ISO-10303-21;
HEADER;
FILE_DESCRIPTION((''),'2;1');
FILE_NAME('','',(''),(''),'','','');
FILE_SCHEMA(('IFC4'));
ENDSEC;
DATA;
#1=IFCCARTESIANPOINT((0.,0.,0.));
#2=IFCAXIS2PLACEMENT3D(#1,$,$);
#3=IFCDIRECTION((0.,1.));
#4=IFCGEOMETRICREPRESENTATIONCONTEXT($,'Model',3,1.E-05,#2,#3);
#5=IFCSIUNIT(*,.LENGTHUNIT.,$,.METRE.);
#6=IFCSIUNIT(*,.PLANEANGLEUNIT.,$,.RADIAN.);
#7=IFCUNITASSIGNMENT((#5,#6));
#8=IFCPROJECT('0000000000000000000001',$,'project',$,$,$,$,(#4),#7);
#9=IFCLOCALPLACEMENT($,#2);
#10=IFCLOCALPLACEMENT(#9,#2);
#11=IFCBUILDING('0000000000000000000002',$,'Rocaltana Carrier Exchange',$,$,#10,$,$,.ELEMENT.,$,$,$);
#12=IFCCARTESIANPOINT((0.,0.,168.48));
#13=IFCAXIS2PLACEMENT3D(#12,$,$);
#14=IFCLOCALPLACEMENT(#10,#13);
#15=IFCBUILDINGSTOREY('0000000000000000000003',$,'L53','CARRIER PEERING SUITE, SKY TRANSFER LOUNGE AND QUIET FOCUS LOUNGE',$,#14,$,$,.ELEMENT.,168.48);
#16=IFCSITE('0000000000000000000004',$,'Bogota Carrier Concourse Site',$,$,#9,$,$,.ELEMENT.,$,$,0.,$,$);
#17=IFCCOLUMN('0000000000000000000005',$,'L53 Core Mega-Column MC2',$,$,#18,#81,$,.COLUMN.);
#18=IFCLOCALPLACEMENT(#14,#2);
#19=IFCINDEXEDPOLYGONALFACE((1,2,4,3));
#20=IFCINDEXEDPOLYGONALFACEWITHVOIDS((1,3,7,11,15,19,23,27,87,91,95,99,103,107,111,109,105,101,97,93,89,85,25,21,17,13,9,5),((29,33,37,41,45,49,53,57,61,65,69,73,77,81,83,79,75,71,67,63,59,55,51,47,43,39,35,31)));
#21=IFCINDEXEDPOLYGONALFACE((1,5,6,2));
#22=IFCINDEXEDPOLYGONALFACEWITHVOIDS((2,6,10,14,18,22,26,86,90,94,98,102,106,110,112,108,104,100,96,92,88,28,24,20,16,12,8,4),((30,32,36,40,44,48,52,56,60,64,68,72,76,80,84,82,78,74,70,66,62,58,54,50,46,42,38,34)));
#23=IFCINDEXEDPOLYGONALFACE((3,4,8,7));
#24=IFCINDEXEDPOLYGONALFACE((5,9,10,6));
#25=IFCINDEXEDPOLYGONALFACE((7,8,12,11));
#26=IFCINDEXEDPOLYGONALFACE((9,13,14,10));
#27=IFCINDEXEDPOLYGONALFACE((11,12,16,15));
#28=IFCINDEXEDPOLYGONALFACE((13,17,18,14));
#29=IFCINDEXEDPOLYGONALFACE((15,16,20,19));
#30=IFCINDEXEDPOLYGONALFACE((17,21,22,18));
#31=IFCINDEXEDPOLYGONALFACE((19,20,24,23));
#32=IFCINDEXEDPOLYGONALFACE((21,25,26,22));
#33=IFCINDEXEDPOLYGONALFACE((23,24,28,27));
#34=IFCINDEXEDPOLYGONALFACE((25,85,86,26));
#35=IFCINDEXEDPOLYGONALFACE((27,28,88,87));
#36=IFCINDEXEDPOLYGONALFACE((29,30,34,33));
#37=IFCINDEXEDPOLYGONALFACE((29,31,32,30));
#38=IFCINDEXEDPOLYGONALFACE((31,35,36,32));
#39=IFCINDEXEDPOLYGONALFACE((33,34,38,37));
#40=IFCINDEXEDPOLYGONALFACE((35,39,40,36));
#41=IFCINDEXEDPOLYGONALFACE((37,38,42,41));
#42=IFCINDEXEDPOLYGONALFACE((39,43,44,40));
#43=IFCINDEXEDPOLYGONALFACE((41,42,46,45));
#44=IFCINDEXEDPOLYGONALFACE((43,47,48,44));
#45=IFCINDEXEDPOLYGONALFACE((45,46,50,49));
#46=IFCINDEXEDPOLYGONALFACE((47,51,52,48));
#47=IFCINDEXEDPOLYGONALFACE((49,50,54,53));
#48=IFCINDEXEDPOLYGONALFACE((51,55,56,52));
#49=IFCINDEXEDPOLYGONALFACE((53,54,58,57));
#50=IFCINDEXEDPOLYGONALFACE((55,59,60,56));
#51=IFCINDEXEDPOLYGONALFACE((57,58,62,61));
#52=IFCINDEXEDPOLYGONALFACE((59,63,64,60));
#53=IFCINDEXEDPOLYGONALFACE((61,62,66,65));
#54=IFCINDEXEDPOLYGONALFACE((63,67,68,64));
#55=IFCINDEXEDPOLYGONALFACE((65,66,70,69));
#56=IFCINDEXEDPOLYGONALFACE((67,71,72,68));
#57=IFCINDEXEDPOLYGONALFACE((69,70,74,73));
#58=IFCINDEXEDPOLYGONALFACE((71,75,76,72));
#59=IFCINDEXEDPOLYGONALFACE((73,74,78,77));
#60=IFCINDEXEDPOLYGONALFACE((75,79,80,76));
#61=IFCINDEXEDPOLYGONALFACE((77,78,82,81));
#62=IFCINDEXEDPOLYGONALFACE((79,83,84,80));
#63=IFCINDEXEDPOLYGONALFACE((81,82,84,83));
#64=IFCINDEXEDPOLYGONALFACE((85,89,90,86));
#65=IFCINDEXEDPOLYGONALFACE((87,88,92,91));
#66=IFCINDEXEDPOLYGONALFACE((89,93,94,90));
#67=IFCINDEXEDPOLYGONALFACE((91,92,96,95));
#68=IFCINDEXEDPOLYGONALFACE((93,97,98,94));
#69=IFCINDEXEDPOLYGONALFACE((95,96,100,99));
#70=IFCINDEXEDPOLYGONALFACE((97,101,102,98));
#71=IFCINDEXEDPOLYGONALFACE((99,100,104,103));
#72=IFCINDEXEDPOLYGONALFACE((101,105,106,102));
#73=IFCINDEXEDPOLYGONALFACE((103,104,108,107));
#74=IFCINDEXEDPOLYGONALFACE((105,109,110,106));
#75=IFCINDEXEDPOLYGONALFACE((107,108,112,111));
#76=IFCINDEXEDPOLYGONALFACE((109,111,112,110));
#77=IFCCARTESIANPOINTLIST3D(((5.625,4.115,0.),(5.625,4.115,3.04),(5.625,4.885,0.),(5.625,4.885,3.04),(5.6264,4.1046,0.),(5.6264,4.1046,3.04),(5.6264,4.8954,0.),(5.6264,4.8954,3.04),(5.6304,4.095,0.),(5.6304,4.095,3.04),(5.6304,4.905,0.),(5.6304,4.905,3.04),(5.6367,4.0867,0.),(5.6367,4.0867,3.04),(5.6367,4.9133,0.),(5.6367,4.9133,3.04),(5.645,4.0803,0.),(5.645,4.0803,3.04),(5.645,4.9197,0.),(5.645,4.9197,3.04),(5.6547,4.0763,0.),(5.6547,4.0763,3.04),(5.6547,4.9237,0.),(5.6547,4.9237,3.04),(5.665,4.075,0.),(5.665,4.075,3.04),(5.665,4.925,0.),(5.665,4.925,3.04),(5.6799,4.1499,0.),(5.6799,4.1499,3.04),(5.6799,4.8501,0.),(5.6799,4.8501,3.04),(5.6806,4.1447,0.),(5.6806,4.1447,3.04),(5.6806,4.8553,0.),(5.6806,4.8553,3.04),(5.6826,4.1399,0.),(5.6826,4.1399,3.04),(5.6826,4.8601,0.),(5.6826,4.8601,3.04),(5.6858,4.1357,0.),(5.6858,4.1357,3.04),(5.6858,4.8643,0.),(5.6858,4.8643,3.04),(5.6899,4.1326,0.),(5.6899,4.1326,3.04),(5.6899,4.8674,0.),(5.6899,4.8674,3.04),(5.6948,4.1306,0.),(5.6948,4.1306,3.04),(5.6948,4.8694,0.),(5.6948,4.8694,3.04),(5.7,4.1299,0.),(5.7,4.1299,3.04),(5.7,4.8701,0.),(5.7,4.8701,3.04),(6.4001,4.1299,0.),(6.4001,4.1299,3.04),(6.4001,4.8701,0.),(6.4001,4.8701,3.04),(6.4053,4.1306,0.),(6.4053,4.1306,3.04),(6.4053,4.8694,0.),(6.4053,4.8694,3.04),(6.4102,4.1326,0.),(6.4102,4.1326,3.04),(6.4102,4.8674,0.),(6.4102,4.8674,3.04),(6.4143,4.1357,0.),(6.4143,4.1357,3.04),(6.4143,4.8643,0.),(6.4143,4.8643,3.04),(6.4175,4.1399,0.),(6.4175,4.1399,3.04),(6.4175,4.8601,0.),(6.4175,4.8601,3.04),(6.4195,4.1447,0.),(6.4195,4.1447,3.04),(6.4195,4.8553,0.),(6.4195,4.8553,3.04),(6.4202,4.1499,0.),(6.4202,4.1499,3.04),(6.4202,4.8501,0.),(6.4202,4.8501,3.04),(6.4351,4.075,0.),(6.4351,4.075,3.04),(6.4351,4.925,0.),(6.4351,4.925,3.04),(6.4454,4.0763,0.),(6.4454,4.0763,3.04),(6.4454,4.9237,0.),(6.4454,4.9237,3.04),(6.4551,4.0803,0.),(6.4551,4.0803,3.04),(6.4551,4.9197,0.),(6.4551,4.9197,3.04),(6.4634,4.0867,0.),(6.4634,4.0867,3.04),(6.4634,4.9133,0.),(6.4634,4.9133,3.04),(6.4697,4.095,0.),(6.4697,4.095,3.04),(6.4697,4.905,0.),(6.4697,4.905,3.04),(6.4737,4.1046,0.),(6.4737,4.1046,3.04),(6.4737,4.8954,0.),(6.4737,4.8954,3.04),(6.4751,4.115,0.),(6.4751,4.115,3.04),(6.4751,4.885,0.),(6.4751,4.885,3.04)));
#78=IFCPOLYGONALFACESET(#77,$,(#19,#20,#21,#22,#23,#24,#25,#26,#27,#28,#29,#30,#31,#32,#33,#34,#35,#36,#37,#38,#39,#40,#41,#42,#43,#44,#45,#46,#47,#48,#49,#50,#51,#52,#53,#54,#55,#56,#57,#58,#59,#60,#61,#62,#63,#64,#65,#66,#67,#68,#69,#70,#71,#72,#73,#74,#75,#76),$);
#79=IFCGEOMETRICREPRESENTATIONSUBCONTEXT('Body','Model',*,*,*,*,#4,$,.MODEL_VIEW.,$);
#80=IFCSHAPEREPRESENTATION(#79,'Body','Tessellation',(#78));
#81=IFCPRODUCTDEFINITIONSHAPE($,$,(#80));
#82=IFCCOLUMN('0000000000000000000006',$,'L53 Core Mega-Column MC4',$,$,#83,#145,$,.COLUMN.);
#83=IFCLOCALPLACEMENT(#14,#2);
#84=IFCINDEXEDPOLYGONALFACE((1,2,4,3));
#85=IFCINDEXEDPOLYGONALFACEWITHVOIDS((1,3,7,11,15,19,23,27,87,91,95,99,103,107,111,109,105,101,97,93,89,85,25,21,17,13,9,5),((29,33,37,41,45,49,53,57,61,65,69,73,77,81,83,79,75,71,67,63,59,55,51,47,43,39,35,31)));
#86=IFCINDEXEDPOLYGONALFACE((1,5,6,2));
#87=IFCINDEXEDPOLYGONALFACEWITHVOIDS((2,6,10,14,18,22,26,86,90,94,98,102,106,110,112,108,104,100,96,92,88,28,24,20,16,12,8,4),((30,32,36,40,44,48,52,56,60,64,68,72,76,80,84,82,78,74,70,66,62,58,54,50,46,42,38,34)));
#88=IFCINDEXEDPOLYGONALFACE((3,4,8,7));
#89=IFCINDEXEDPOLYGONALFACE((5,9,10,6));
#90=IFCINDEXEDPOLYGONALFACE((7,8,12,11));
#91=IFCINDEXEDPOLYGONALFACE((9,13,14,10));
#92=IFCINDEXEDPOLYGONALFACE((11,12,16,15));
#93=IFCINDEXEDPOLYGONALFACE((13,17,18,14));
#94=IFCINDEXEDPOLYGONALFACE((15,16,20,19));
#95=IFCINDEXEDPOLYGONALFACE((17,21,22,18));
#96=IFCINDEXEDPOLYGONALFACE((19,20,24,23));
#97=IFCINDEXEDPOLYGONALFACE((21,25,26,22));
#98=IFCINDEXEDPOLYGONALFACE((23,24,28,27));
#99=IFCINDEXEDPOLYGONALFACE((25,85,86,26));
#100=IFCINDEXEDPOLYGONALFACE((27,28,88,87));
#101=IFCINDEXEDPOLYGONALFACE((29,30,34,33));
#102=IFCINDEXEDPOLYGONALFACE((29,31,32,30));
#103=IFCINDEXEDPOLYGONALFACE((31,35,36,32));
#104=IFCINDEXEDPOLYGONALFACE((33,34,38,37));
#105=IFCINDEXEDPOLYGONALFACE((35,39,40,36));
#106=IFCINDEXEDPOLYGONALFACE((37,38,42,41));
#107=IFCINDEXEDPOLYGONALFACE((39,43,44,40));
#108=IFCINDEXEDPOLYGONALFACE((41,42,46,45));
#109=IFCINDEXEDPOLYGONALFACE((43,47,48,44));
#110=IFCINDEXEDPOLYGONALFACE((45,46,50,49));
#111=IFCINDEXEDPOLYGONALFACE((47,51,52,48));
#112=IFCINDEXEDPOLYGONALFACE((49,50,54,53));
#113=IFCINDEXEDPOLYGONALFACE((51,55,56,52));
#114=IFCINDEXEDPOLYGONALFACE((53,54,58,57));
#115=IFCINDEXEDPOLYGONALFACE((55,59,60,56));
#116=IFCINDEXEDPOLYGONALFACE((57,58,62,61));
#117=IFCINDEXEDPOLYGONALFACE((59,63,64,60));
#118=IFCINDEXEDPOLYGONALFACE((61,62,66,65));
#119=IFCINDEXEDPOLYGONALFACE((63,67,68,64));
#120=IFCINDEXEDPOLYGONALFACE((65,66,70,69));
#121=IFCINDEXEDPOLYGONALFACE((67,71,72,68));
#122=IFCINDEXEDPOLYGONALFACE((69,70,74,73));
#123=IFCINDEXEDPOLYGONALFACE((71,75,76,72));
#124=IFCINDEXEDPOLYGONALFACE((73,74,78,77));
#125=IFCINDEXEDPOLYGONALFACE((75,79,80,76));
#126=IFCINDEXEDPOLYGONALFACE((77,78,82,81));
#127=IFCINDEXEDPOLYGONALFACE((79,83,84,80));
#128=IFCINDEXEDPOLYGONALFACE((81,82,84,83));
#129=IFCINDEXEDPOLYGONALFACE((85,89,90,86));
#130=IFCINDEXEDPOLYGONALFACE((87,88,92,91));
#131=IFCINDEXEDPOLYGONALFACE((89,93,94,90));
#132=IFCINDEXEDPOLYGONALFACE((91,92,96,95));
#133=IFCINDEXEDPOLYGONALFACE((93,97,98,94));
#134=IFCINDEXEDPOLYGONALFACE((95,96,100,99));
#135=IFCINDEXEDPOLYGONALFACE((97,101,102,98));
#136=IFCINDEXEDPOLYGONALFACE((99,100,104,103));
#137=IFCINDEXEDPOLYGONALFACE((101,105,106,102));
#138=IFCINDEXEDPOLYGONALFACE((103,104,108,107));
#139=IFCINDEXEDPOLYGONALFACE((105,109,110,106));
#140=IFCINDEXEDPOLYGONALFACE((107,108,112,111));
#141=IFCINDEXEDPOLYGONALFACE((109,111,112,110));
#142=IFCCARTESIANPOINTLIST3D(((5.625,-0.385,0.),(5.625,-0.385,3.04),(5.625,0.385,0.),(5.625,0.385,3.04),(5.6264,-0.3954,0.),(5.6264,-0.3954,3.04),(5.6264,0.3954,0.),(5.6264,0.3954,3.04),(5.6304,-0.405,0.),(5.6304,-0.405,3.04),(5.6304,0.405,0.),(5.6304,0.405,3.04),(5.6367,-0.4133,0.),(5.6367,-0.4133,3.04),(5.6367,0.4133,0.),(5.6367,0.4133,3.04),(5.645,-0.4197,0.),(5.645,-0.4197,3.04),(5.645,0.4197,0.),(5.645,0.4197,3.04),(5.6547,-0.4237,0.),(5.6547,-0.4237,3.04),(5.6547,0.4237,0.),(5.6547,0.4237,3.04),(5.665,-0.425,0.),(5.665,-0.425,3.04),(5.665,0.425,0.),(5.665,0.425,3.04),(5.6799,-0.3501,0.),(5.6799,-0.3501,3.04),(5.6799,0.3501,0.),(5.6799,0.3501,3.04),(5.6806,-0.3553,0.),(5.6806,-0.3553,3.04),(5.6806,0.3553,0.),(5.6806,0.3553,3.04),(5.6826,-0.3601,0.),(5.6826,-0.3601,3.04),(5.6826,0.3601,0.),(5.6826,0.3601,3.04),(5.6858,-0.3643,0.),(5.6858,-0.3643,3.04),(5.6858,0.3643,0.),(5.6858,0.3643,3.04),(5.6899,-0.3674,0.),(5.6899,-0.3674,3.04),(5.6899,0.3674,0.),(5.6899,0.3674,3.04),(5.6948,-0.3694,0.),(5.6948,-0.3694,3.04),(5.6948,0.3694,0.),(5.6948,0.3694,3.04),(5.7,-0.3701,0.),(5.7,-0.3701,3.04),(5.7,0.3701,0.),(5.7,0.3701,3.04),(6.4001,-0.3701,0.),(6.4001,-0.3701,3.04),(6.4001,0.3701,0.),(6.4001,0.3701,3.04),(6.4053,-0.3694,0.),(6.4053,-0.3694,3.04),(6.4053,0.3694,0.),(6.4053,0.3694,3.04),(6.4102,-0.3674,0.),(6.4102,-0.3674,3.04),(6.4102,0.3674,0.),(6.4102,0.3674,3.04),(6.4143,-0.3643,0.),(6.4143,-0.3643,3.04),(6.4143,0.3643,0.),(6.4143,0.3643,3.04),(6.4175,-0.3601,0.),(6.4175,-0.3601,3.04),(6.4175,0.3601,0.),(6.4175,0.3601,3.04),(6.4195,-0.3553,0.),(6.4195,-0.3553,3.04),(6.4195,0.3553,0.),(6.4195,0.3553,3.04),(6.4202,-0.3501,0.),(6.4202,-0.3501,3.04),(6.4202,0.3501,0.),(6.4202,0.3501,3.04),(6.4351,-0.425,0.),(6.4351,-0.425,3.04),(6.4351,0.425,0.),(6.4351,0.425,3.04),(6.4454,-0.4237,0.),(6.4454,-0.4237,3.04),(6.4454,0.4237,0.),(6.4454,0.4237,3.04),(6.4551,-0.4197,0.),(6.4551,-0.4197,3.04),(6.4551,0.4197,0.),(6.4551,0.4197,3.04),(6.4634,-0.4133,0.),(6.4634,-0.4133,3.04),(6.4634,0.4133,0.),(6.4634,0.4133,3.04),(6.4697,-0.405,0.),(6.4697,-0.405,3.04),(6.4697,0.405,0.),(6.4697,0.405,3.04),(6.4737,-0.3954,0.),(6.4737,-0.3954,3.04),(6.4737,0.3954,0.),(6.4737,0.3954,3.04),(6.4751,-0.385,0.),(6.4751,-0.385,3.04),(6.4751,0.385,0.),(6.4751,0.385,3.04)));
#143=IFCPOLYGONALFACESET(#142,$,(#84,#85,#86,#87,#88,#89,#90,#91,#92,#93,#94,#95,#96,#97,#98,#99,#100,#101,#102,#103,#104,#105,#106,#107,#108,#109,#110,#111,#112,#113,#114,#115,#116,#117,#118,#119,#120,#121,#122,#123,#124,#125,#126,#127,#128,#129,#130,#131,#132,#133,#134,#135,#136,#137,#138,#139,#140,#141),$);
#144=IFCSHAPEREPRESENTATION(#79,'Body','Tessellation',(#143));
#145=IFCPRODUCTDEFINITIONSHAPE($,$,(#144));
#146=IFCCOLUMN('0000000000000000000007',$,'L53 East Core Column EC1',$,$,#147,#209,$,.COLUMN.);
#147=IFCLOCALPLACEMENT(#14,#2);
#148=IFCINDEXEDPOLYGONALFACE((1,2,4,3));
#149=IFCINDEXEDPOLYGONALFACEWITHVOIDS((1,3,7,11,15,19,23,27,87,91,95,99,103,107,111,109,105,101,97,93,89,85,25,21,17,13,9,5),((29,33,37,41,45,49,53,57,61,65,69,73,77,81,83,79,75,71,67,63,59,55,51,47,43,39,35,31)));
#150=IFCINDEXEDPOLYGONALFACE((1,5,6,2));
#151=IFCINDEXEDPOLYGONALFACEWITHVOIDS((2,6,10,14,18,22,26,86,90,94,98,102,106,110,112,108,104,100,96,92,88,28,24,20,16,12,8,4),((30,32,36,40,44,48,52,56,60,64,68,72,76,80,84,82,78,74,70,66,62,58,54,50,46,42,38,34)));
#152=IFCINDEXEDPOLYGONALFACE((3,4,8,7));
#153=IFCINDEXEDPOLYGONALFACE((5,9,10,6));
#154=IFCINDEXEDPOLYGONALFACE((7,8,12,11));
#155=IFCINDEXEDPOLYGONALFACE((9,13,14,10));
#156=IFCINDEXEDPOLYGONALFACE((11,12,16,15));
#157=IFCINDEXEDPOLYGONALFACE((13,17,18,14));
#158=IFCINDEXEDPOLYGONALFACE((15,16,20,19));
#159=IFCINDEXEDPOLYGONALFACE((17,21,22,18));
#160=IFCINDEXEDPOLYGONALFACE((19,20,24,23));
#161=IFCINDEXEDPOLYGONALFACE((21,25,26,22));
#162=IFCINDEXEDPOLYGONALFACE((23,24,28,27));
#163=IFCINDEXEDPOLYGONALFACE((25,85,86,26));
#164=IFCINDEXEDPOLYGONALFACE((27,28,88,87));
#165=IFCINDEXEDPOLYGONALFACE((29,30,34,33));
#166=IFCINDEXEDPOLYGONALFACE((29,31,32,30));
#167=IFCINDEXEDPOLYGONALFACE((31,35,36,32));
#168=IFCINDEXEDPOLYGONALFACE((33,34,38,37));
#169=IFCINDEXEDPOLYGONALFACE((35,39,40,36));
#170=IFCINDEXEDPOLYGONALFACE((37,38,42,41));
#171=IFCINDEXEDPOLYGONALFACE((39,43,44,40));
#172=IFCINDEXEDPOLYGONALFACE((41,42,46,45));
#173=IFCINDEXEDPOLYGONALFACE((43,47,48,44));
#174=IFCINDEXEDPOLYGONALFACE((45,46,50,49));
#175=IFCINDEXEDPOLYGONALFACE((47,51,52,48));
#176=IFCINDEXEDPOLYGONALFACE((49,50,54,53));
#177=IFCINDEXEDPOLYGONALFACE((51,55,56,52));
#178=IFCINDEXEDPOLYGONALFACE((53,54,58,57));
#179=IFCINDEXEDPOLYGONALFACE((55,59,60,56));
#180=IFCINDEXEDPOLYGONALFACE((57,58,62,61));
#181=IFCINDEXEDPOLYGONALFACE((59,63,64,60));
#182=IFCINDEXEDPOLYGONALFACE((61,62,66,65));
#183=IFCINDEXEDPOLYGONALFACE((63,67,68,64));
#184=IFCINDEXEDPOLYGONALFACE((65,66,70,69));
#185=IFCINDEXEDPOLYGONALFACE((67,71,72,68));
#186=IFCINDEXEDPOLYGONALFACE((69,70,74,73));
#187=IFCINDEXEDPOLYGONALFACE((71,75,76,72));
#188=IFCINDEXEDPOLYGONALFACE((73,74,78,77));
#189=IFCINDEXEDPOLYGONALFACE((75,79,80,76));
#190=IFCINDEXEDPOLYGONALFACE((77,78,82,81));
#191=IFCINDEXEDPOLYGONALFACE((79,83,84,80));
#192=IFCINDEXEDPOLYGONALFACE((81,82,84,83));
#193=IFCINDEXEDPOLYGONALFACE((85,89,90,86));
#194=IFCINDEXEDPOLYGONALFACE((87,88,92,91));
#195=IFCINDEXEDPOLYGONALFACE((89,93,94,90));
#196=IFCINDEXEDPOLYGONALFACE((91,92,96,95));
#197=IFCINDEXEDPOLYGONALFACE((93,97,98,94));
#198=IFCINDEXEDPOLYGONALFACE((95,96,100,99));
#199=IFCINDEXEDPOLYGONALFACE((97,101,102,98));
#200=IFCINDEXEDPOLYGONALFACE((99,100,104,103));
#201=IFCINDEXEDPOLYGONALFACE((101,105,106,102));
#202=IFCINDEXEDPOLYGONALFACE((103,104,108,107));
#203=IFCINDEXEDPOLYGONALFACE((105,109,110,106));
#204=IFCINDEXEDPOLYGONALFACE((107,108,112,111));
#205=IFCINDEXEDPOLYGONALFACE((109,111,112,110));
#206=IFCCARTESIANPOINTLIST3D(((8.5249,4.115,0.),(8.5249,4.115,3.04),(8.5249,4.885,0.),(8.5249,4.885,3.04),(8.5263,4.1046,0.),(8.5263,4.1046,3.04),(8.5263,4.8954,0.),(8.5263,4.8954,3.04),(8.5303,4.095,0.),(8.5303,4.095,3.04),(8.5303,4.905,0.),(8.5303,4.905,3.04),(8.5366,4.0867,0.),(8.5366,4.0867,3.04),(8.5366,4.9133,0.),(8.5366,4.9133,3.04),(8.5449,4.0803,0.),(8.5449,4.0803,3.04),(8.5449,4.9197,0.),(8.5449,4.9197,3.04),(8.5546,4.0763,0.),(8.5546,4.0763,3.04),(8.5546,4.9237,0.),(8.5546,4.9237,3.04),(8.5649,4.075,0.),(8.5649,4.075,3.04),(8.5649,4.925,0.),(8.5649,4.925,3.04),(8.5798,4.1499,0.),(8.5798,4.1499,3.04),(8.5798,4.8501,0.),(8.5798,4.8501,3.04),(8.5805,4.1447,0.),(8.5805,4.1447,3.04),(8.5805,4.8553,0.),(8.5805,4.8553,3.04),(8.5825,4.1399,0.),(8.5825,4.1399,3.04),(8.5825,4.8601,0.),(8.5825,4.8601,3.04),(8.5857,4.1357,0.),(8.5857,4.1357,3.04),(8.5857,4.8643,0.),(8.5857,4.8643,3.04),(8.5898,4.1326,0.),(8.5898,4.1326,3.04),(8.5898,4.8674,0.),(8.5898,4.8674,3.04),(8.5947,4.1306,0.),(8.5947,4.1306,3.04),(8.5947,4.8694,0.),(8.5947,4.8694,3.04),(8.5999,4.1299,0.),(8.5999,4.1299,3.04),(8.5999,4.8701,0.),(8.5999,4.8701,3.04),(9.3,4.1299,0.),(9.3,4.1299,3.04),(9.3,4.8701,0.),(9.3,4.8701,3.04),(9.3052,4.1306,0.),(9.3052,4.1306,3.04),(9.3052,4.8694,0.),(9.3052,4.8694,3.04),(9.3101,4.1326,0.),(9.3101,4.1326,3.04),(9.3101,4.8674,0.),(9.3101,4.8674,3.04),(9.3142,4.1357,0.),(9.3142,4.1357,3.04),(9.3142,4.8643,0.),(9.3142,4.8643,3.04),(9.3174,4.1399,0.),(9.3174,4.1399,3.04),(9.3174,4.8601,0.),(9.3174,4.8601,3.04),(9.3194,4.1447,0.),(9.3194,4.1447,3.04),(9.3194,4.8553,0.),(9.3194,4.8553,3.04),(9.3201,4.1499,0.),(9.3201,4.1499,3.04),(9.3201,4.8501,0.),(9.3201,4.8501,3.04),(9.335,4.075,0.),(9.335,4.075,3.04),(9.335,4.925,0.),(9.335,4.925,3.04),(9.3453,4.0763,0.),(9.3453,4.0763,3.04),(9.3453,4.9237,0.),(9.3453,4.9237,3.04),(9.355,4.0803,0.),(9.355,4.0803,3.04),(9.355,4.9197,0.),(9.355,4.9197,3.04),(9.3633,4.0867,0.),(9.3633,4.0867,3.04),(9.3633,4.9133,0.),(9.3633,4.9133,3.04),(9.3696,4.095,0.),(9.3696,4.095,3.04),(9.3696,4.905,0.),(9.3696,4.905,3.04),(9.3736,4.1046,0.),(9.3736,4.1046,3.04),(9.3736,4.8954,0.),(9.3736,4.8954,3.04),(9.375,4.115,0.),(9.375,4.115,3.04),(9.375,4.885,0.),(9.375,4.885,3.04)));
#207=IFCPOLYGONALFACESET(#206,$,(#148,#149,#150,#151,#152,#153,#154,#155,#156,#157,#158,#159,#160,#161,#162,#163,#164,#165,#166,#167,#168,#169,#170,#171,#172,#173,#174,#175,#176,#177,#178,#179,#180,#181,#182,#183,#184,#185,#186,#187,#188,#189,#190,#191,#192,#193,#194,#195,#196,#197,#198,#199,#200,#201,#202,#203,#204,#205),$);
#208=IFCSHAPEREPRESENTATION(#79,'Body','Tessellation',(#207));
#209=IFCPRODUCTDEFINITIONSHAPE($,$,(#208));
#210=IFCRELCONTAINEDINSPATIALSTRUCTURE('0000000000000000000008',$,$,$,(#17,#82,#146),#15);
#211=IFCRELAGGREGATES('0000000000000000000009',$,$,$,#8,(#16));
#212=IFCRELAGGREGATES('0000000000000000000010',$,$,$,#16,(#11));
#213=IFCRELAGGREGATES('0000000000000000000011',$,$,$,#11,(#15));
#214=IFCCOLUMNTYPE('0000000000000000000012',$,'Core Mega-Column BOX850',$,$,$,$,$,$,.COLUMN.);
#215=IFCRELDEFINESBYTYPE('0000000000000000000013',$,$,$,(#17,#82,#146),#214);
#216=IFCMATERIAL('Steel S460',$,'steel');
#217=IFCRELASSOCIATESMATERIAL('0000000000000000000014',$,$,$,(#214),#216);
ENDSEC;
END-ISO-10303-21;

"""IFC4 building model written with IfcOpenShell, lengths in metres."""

from ifc_helpers import new_model, si_unit, direction, frame, origin, origin_2d, place, context, subcontext, project, spatial, hollow_rectangle, extrude, material, material_profile, profile_set, type_object, element, save


model = new_model("IFC4")

# Units and contexts
model_context = context("Model", 3, precision=1e-05, world=origin(), true_north=direction((0.0, 1.0)))
body_context = subcontext(model_context, "Body", "Model", "MODEL_VIEW")
ifc_project = project(units=[si_unit("LENGTHUNIT", "METRE"), si_unit("PLANEANGLEUNIT", "RADIAN")], contexts=[model_context])

# Site, building, storey
site_placement = place(None, origin())
site = spatial("IfcSite", under=ifc_project, at=site_placement, Name="Bogota Carrier Concourse Site", CompositionType="ELEMENT", RefElevation=0.0)
building_placement = place(site_placement, origin())
building = spatial("IfcBuilding", under=site, at=building_placement, Name="Rocaltana Carrier Exchange", CompositionType="ELEMENT")
storey_placement = place(building_placement, frame((0.0, 0.0, 168.48)))
storey = spatial("IfcBuildingStorey", under=building, at=storey_placement, Name="L53", Description="CARRIER PEERING SUITE, SKY TRANSFER LOUNGE AND QUIET FOCUS LOUNGE", CompositionType="ELEMENT", Elevation=168.48)

# Columns
ifc_material_1 = material(Name="Steel S460", Category="steel")
ifc_material_profile_1 = material_profile(ifc_material_1, hollow_rectangle(XDim=0.8501, YDim=0.8501, WallThickness=0.0549, InnerFilletRadius=0.02, OuterFilletRadius=0.04, at=origin_2d()), Name="BOX850X850X55")
ifc_profile_set_1 = profile_set([ifc_material_profile_1], Name="Steel S460")
column_type = type_object("IfcColumnType", Name="Core Mega-Column BOX850", PredefinedType="COLUMN", material=ifc_profile_set_1)
for number, where, z_axis, x_axis, name in (
    (1, (6.05, 4.5, 0.0), (0.0, 0.0, 1.0), (1.0, 0.0, 0.0), "L53 Core Mega-Column MC2"),
    (2, (6.05, 0.0, 0.0), (0.0, 0.0, 1.0), (1.0, 0.0, 0.0), "L53 Core Mega-Column MC4"),
    (3, (8.95, 4.5, 0.0), (0.0, 0.0, 1.0), (1.0, 0.0, 0.0), "L53 East Core Column EC1"),
):
    element("IfcColumn", number, at=place(storey_placement, frame(where, z_axis=z_axis, x_axis=x_axis)), inside=storey, type_object=column_type, Name=name, PredefinedType="COLUMN", context=body_context, shape_type="SweptSolid", body=[
        extrude(hollow_rectangle(XDim=0.8501, YDim=0.8501, WallThickness=0.0549, InnerFilletRadius=0.02, OuterFilletRadius=0.04, at=origin_2d()), origin(), (0.0, 0.0, 1.0), 3.04),
    ])

save(model, "model.ifc")
